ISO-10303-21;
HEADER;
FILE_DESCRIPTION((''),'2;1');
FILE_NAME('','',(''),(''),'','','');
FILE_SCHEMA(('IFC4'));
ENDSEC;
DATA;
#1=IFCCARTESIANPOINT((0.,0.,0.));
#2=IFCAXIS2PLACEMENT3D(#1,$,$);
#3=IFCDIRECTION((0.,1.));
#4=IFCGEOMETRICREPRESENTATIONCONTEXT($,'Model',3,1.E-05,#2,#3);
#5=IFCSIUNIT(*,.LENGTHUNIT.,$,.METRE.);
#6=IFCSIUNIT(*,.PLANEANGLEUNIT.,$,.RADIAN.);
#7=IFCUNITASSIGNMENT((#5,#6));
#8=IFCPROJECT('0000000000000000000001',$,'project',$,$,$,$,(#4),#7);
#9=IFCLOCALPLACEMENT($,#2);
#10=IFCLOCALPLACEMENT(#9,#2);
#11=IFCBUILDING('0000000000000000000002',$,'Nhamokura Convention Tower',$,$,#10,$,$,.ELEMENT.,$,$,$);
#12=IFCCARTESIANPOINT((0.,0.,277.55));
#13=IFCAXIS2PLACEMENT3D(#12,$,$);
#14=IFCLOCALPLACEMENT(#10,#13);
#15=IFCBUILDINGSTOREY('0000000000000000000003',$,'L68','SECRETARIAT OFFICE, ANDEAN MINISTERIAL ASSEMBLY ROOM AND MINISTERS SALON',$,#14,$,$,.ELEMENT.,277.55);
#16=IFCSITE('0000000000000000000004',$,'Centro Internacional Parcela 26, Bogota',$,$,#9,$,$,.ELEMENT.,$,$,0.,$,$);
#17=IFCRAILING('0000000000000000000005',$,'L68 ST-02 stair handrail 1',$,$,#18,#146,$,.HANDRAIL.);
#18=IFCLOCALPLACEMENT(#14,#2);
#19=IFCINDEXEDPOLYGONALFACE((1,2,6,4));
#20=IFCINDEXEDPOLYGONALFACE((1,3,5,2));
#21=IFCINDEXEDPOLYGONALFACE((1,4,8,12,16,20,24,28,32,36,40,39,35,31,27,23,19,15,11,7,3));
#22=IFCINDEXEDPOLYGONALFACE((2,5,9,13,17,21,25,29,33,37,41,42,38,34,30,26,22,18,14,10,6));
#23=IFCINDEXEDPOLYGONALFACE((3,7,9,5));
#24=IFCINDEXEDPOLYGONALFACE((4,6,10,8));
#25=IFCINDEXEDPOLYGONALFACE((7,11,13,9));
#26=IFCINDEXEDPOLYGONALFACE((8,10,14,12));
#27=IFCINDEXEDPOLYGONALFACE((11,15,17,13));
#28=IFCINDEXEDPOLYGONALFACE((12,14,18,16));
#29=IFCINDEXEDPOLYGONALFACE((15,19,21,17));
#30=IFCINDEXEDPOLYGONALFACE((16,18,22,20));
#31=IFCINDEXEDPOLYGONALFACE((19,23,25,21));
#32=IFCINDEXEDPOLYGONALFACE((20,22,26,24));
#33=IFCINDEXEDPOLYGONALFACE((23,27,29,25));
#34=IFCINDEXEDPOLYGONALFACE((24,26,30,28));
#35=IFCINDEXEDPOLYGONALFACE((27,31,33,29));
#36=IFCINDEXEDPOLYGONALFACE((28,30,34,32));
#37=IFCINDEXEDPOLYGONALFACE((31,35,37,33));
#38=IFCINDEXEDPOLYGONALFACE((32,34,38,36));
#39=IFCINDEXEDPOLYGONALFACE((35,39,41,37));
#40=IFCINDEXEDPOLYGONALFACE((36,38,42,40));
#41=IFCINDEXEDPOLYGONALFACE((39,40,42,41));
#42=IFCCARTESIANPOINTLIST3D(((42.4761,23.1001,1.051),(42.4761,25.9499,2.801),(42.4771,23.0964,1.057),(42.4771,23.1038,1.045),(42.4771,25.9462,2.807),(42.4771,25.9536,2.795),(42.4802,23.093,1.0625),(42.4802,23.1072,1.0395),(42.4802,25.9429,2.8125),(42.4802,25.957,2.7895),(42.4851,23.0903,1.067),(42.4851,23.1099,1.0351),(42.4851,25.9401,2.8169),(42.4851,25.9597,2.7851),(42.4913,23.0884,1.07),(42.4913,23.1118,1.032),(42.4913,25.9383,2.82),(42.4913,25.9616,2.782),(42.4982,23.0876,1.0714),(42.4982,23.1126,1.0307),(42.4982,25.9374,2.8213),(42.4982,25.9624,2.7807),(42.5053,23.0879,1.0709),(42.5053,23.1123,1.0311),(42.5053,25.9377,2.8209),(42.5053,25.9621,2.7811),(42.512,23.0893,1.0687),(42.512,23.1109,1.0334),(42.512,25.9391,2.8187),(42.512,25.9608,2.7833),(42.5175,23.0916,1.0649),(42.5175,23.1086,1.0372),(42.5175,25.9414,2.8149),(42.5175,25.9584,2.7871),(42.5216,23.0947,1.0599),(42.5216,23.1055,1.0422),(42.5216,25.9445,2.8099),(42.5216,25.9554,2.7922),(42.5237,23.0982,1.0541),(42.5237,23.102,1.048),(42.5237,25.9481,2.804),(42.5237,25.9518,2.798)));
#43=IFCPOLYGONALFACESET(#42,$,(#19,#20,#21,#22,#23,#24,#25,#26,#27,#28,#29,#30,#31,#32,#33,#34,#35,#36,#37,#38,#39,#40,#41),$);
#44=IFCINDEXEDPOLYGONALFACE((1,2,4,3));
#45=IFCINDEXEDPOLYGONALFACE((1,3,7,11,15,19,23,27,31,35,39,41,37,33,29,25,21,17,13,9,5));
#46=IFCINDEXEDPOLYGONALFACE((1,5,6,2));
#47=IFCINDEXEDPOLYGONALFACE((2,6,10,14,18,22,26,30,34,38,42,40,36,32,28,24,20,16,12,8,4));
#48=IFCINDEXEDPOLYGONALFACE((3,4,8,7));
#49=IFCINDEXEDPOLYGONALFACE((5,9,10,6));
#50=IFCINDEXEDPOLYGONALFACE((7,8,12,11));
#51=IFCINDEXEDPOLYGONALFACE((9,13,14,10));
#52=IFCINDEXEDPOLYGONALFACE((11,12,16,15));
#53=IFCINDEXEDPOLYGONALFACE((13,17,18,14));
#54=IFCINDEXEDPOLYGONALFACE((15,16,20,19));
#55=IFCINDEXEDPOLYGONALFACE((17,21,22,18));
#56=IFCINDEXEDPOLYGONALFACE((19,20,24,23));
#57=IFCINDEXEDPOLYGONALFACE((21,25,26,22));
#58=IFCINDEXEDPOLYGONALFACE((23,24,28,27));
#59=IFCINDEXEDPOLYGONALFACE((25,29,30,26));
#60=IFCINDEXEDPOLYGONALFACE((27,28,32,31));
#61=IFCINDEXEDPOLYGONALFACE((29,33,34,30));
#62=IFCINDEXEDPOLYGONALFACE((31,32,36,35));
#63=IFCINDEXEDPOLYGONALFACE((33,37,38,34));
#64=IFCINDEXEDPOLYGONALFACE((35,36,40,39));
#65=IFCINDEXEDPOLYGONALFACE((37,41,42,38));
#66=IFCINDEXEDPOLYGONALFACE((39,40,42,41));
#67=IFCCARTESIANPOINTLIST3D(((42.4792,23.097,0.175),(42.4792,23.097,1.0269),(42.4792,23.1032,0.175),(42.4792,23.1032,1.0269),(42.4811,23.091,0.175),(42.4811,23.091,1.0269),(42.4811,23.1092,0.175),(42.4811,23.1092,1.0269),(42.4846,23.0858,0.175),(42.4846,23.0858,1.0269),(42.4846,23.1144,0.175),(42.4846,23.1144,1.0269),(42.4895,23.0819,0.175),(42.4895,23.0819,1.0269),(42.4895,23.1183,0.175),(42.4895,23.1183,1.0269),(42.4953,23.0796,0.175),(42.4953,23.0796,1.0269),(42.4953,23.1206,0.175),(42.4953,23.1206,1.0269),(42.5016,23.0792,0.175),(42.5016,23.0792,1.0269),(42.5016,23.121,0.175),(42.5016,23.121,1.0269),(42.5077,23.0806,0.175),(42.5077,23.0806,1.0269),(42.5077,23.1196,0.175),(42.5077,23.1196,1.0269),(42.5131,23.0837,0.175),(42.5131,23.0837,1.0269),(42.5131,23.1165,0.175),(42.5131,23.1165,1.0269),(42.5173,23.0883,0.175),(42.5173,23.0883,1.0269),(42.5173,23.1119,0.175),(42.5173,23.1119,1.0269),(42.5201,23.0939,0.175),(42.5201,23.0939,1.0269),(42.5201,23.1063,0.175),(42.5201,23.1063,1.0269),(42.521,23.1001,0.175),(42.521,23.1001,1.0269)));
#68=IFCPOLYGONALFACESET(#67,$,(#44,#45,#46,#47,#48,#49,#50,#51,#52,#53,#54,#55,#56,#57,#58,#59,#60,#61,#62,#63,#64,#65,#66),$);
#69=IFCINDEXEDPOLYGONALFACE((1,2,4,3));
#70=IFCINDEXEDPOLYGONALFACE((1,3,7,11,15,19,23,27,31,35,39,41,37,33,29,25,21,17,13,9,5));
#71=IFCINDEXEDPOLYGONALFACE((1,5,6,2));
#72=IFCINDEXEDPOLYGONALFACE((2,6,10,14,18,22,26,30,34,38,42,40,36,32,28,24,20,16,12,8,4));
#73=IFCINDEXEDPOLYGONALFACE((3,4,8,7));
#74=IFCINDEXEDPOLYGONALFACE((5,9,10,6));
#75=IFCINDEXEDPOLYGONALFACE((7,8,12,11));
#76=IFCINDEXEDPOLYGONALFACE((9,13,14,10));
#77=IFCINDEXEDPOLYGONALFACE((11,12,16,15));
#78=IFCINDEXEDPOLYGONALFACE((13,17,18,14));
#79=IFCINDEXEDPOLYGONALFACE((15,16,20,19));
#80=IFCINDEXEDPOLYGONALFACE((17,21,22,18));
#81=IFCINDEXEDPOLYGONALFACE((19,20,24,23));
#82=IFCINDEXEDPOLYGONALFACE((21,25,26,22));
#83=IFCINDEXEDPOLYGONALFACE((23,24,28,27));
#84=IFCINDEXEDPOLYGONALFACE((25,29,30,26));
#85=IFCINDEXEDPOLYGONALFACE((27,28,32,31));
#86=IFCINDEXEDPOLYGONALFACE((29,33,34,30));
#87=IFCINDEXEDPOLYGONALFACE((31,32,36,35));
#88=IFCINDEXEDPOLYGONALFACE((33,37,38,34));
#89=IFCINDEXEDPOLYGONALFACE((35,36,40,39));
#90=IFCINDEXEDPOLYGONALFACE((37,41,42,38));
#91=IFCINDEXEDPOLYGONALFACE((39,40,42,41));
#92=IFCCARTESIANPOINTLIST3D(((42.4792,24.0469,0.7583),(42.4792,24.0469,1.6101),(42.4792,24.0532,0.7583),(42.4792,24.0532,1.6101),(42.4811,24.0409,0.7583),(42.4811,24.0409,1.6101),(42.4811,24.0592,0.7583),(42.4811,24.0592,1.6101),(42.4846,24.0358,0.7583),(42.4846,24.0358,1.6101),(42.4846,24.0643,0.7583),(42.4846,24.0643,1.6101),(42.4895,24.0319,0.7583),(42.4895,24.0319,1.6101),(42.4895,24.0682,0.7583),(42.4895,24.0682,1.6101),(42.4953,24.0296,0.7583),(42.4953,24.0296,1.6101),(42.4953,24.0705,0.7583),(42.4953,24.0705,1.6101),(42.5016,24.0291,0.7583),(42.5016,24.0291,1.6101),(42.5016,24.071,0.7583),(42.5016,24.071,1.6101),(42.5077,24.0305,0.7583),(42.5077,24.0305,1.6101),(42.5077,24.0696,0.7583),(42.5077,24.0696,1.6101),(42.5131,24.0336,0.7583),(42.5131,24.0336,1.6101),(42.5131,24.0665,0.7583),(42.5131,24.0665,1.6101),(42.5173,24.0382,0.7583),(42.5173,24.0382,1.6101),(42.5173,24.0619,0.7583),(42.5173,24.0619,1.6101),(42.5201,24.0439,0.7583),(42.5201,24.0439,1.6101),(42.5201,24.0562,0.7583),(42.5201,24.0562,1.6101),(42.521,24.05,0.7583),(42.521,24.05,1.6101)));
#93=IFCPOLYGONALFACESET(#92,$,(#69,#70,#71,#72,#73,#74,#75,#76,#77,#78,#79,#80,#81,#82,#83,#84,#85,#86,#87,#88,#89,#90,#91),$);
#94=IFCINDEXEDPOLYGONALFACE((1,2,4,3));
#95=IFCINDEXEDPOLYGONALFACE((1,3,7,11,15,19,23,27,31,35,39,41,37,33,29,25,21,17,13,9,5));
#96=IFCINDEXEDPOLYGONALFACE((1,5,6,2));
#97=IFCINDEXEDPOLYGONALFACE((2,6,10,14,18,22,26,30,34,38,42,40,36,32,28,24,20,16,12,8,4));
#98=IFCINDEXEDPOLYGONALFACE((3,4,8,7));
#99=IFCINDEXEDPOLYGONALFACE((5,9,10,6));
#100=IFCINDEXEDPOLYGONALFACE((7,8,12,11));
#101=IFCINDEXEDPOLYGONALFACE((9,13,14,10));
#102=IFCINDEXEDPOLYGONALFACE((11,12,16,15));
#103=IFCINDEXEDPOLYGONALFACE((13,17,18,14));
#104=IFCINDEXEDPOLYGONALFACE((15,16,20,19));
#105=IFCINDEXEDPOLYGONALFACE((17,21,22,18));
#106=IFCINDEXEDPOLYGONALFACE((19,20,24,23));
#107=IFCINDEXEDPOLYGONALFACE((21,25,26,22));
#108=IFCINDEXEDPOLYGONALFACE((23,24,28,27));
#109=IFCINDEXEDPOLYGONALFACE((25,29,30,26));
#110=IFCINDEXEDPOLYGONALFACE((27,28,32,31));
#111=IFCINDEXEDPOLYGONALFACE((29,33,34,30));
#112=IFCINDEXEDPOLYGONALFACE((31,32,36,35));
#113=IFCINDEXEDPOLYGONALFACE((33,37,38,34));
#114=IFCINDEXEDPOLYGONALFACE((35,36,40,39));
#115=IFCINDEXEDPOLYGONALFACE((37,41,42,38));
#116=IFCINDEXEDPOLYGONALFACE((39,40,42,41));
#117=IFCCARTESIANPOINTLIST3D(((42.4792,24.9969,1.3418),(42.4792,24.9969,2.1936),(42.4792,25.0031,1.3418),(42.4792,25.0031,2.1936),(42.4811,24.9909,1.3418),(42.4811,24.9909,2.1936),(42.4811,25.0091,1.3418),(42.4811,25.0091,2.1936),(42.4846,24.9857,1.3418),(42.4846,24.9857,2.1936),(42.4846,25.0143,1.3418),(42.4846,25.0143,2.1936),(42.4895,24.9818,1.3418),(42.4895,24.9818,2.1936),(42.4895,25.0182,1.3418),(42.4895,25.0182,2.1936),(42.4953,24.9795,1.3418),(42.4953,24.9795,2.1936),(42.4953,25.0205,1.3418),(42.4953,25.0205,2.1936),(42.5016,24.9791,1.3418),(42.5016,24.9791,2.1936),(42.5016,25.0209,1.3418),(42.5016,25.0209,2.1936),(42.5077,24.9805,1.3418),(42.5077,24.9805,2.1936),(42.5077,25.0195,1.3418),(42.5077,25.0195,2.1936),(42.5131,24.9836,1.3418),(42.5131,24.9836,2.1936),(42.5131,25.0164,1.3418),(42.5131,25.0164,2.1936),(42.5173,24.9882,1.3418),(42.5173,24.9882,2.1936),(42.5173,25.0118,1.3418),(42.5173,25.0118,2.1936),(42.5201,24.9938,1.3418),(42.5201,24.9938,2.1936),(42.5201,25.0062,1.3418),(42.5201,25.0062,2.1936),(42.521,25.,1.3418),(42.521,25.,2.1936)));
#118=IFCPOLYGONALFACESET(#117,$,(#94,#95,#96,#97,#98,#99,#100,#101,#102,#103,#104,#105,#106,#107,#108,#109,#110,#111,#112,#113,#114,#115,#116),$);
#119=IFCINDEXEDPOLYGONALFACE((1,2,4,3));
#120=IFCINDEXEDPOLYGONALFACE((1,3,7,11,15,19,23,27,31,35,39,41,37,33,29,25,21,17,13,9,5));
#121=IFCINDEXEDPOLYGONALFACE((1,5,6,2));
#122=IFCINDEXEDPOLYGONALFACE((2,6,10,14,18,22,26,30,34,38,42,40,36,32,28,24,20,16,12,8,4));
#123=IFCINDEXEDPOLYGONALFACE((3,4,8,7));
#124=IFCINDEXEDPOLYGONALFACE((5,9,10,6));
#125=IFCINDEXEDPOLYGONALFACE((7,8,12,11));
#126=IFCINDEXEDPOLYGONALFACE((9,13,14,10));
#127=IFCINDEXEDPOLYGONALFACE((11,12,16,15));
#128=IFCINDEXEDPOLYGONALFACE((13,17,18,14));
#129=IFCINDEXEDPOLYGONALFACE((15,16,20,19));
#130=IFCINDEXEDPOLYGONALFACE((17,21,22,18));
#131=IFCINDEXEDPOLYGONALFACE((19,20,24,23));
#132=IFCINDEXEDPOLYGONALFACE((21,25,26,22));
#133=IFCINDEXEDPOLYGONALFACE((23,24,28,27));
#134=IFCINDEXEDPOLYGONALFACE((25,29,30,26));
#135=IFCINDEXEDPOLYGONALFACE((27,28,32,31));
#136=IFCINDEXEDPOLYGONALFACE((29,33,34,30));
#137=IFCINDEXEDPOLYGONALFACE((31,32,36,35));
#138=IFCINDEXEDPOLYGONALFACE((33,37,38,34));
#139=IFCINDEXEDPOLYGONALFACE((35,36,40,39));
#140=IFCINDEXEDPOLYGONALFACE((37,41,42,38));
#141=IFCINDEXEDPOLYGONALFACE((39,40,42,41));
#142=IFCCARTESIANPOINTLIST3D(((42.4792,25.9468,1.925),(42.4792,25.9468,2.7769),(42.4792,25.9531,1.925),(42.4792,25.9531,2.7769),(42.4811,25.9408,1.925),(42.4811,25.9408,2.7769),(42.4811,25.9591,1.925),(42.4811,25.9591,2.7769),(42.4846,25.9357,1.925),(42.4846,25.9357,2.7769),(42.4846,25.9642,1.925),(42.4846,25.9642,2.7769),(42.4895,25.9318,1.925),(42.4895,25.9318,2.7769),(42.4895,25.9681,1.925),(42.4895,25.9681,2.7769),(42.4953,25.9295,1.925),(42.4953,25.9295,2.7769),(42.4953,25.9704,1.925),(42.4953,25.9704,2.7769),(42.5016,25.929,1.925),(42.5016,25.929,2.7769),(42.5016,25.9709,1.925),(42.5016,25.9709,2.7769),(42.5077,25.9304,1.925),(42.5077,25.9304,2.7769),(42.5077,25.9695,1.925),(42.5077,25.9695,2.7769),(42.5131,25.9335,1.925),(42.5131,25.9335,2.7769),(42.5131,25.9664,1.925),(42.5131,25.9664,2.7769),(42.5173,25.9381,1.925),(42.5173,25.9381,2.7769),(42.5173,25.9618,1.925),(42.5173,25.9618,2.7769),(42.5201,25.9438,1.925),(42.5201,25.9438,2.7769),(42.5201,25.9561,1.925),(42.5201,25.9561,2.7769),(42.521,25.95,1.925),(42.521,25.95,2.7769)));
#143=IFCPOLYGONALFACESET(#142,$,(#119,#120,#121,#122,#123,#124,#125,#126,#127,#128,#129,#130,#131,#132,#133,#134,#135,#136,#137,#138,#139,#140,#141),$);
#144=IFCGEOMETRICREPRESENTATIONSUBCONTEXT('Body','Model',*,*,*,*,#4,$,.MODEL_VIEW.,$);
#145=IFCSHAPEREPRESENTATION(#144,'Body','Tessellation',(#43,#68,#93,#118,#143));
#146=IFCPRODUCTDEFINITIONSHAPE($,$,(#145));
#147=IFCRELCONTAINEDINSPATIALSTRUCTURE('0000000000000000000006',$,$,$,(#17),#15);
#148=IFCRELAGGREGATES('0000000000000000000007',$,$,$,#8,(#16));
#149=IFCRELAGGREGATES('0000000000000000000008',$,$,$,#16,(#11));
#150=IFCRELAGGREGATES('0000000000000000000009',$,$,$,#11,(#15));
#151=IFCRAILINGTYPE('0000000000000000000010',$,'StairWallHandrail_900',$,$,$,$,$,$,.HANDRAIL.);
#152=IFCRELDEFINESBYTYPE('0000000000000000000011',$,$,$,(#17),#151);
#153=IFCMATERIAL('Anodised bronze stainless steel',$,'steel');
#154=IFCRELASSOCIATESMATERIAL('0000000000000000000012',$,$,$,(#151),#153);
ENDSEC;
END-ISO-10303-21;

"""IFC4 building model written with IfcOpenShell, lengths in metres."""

from ifc_helpers import new_model, si_unit, direction, frame, origin, origin_2d, place, context, subcontext, project, spatial, circle, extrude, material, type_object, element, save


model = new_model("IFC4")

# Units and contexts
model_context = context("Model", 3, precision=1e-05, world=origin(), true_north=direction((0.0, 1.0)))
body_context = subcontext(model_context, "Body", "Model", "MODEL_VIEW")
ifc_project = project(units=[si_unit("LENGTHUNIT", "METRE"), si_unit("PLANEANGLEUNIT", "RADIAN")], contexts=[model_context])

# Site, building, storey
site_placement = place(None, origin())
site = spatial("IfcSite", under=ifc_project, at=site_placement, Name="Centro Internacional Parcela 26, Bogota", CompositionType="ELEMENT", RefElevation=0.0)
building_placement = place(site_placement, origin())
building = spatial("IfcBuilding", under=site, at=building_placement, Name="Nhamokura Convention Tower", CompositionType="ELEMENT")
storey_placement = place(building_placement, frame((0.0, 0.0, 277.55)))
storey = spatial("IfcBuildingStorey", under=building, at=storey_placement, Name="L68", Description="SECRETARIAT OFFICE, ANDEAN MINISTERIAL ASSEMBLY ROOM AND MINISTERS SALON", CompositionType="ELEMENT", Elevation=277.55)

# Railing
ifc_material_1 = material(Name="Anodised bronze stainless steel", Category="steel")
railing_type_1 = type_object("IfcRailingType", Name="StairWallHandrail_900", PredefinedType="HANDRAIL", material=ifc_material_1)
railing_1_placement = place(storey_placement, frame((42.5, 23.1001, 0.175)))
element("IfcRailing", 1, at=railing_1_placement, inside=storey, type_object=railing_type_1, Name="L68 ST-02 stair handrail 1", PredefinedType="HANDRAIL", context=body_context, shape_type="SweptSolid", body=[
    extrude(circle(Radius=0.0239, at=origin_2d()), frame((0.0, 0.0, 0.876), z_axis=(0.0, 0.852159, 0.523283), x_axis=(-1.0, 0.0, 0.0)), (0.0, 0.0, 1.0), 3.3442),
    extrude(circle(Radius=0.021, at=origin_2d()), origin(), (0.0, 0.0, 1.0), 0.8518),
    extrude(circle(Radius=0.021, at=origin_2d()), frame((0.0, 0.95, 0.5833)), (0.0, 0.0, 1.0), 0.8518),
    extrude(circle(Radius=0.021, at=origin_2d()), frame((0.0, 1.8999, 1.1667)), (0.0, 0.0, 1.0), 0.8518),
    extrude(circle(Radius=0.021, at=origin_2d()), frame((0.0, 2.8499, 1.75)), (0.0, 0.0, 1.0), 0.8518),
])

save(model, "model.ifc")
